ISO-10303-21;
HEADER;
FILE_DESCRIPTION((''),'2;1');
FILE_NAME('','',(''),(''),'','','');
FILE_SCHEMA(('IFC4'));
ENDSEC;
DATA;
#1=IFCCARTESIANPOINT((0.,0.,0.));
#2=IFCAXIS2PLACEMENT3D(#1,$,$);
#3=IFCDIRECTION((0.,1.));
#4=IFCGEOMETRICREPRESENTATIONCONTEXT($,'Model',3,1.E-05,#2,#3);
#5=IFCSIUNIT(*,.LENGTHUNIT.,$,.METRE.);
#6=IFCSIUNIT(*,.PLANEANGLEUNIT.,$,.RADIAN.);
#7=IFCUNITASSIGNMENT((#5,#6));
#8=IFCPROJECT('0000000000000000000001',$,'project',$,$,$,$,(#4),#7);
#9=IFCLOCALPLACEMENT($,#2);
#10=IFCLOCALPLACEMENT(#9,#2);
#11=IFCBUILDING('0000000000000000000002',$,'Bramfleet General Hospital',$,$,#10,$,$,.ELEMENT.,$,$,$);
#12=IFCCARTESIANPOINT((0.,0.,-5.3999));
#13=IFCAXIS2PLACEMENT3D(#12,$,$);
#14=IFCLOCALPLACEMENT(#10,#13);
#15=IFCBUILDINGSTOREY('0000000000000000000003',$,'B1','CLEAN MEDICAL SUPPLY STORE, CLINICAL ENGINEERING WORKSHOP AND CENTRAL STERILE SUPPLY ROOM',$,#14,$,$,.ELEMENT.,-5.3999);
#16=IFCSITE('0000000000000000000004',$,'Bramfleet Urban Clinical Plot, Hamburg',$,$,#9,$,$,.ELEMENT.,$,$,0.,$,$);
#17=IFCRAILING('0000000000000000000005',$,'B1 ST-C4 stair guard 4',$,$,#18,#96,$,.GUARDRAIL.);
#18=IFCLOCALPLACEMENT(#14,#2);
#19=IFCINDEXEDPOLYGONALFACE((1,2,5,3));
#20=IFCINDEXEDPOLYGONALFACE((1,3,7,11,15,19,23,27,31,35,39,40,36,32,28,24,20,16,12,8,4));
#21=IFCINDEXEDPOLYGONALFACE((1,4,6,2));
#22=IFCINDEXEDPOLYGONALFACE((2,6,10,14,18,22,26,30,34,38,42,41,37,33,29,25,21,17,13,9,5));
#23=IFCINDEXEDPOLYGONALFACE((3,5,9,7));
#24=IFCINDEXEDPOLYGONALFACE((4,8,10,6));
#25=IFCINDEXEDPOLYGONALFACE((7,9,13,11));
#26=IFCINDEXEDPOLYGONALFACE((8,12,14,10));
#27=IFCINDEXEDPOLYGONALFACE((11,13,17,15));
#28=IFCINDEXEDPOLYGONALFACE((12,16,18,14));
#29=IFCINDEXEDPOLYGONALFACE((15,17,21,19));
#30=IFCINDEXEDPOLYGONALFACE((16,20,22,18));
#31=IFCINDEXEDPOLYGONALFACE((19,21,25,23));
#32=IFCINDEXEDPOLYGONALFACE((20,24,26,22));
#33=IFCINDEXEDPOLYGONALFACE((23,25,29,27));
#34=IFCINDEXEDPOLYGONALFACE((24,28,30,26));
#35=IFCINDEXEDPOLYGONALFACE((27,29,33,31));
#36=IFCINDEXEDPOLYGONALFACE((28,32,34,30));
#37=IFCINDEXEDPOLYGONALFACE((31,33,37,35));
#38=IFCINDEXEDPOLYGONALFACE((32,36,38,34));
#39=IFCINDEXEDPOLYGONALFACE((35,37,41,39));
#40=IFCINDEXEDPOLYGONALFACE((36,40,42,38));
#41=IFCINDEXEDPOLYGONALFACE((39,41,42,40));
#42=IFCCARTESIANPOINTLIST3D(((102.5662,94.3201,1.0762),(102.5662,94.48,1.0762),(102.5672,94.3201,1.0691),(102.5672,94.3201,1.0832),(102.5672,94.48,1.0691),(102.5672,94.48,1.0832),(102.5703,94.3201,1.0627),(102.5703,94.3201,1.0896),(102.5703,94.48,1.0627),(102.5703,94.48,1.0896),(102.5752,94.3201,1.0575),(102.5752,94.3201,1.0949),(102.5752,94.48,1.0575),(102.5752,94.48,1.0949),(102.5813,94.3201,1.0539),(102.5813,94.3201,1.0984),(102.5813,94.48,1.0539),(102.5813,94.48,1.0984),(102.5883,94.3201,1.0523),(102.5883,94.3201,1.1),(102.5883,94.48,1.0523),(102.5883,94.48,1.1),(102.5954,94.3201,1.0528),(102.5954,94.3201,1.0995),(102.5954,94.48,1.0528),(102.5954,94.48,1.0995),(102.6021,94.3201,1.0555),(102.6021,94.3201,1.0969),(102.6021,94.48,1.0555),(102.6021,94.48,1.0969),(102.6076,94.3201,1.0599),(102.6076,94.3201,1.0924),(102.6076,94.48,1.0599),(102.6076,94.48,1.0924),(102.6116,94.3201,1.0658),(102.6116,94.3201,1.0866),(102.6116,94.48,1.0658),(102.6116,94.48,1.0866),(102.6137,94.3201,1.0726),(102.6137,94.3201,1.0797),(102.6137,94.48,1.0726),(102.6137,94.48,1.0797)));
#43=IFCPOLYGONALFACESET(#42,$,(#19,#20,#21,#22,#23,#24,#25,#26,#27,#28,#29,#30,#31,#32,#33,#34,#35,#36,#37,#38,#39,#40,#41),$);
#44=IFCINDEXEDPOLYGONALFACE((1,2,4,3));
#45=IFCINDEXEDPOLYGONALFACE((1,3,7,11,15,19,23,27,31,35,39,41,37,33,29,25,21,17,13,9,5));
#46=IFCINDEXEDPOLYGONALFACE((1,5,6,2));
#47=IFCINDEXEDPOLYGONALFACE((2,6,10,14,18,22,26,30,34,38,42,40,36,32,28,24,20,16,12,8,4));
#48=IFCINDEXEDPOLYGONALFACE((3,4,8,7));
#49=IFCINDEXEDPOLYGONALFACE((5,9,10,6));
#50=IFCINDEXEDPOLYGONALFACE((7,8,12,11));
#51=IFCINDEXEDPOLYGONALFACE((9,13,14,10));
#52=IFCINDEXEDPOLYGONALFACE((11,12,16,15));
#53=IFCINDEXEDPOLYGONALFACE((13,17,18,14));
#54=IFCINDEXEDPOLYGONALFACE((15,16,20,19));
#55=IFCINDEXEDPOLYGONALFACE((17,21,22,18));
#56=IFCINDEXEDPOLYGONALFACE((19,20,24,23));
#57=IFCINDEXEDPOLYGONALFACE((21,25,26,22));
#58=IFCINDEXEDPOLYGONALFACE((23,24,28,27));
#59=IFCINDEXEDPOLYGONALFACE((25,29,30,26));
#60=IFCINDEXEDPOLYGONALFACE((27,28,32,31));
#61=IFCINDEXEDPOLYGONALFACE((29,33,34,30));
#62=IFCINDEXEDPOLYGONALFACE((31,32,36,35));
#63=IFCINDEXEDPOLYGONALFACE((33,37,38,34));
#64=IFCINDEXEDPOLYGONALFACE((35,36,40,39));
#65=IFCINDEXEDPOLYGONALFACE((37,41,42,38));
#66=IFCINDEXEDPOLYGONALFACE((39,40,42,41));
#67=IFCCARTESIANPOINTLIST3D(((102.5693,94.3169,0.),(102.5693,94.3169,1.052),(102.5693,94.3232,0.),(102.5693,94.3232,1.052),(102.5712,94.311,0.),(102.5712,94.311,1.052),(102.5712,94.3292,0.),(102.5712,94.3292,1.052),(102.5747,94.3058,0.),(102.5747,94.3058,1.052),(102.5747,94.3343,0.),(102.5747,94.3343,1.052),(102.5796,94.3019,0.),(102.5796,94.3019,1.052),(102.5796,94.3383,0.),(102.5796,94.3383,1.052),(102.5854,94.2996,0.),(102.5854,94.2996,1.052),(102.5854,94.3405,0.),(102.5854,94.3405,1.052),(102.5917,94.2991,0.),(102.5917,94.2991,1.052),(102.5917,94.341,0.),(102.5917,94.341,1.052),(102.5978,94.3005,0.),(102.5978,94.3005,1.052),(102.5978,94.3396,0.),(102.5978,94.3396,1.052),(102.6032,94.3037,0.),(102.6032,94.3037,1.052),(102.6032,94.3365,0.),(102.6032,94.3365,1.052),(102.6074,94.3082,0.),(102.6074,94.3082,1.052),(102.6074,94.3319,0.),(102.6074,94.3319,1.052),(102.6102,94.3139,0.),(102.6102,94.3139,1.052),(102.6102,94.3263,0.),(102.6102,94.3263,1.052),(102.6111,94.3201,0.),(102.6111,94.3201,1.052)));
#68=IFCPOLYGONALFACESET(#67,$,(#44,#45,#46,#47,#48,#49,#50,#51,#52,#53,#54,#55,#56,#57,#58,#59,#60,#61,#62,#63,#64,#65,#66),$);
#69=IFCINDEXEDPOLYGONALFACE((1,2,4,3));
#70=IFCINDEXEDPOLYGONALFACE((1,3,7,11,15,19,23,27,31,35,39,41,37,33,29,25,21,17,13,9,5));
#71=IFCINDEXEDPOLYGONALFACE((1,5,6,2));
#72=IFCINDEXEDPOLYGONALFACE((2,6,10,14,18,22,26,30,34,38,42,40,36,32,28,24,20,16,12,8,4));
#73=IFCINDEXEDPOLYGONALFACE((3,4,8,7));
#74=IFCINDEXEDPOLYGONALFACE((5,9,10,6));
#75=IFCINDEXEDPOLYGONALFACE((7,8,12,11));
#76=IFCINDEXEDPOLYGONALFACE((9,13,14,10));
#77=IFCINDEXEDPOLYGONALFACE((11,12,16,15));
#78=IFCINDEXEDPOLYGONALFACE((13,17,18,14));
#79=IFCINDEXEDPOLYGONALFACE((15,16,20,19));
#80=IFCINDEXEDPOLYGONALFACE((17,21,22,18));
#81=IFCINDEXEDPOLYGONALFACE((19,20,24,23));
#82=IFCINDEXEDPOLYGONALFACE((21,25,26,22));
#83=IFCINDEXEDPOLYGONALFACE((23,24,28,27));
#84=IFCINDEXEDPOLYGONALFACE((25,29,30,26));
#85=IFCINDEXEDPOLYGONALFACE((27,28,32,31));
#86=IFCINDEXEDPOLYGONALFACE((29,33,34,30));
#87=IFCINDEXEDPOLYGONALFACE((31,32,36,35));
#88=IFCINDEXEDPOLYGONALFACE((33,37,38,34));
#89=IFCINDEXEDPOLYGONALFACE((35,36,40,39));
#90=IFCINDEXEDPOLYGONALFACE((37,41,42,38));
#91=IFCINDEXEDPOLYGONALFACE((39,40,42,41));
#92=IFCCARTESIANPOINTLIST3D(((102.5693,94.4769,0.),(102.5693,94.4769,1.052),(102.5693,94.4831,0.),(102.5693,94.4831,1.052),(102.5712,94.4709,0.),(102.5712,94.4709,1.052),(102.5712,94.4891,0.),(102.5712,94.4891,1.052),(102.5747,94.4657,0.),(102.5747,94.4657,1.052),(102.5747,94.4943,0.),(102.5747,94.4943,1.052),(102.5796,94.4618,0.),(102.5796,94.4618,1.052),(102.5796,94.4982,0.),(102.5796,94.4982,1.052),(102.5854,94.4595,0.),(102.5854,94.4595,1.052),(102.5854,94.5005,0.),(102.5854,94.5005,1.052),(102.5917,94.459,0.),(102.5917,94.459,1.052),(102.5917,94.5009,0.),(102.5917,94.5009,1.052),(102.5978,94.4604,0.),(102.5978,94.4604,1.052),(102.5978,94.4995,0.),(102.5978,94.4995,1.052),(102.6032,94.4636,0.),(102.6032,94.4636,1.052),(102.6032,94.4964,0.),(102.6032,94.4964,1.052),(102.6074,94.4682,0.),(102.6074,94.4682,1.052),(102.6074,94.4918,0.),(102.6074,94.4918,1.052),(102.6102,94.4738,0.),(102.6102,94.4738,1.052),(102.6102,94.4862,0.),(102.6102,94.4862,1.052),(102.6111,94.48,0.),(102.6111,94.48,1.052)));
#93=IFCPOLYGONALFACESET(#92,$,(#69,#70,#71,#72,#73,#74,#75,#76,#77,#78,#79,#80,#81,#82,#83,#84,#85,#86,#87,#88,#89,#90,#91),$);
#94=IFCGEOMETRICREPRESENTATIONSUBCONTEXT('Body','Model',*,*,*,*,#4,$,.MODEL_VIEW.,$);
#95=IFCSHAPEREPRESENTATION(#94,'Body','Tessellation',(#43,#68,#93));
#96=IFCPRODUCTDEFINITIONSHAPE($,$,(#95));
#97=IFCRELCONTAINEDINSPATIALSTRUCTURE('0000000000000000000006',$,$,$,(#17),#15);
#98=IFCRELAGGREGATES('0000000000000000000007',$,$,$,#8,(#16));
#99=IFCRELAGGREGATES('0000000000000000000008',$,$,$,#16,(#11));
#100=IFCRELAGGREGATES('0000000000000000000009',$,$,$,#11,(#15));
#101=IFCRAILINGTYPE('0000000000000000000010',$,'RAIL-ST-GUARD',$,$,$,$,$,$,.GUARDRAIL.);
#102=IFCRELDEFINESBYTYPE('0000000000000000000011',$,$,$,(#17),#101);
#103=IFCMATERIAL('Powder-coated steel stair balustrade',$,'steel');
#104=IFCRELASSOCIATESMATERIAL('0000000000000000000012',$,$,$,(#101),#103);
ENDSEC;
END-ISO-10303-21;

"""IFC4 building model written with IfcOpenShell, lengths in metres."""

from ifc_helpers import new_model, si_unit, direction, frame, origin, origin_2d, place, context, subcontext, project, spatial, circle, extrude, material, type_object, element, save


model = new_model("IFC4")

# Units and contexts
model_context = context("Model", 3, precision=1e-05, world=origin(), true_north=direction((0.0, 1.0)))
body_context = subcontext(model_context, "Body", "Model", "MODEL_VIEW")
ifc_project = project(units=[si_unit("LENGTHUNIT", "METRE"), si_unit("PLANEANGLEUNIT", "RADIAN")], contexts=[model_context])

# Site, building, storey
site_placement = place(None, origin())
site = spatial("IfcSite", under=ifc_project, at=site_placement, Name="Bramfleet Urban Clinical Plot, Hamburg", CompositionType="ELEMENT", RefElevation=0.0)
building_placement = place(site_placement, origin())
building = spatial("IfcBuilding", under=site, at=building_placement, Name="Bramfleet General Hospital", CompositionType="ELEMENT")
storey_placement = place(building_placement, frame((0.0, 0.0, -5.3999)))
storey = spatial("IfcBuildingStorey", under=building, at=storey_placement, Name="B1", Description="CLEAN MEDICAL SUPPLY STORE, CLINICAL ENGINEERING WORKSHOP AND CENTRAL STERILE SUPPLY ROOM", CompositionType="ELEMENT", Elevation=-5.3999)

# Railing
ifc_material_1 = material(Name="Powder-coated steel stair balustrade", Category="steel")
railing_type_1 = type_object("IfcRailingType", Name="RAIL-ST-GUARD", PredefinedType="GUARDRAIL", material=ifc_material_1)
railing_1_placement = place(storey_placement, frame((102.5901, 94.3201, 0.0)))
element("IfcRailing", 1, at=railing_1_placement, inside=storey, type_object=railing_type_1, Name="B1 ST-C4 stair guard 4", PredefinedType="GUARDRAIL", context=body_context, shape_type="SweptSolid", body=[
    extrude(circle(Radius=0.0239, at=origin_2d()), frame((0.0, 0.0, 1.0762), z_axis=(0.0, 1.0, 0.0), x_axis=(-1.0, 0.0, 0.0)), (0.0, 0.0, 1.0), 0.1599),
    extrude(circle(Radius=0.021, at=origin_2d()), origin(), (0.0, 0.0, 1.0), 1.052),
    extrude(circle(Radius=0.021, at=origin_2d()), frame((0.0, 0.1599, 0.0)), (0.0, 0.0, 1.0), 1.052),
])

save(model, "model.ifc")
